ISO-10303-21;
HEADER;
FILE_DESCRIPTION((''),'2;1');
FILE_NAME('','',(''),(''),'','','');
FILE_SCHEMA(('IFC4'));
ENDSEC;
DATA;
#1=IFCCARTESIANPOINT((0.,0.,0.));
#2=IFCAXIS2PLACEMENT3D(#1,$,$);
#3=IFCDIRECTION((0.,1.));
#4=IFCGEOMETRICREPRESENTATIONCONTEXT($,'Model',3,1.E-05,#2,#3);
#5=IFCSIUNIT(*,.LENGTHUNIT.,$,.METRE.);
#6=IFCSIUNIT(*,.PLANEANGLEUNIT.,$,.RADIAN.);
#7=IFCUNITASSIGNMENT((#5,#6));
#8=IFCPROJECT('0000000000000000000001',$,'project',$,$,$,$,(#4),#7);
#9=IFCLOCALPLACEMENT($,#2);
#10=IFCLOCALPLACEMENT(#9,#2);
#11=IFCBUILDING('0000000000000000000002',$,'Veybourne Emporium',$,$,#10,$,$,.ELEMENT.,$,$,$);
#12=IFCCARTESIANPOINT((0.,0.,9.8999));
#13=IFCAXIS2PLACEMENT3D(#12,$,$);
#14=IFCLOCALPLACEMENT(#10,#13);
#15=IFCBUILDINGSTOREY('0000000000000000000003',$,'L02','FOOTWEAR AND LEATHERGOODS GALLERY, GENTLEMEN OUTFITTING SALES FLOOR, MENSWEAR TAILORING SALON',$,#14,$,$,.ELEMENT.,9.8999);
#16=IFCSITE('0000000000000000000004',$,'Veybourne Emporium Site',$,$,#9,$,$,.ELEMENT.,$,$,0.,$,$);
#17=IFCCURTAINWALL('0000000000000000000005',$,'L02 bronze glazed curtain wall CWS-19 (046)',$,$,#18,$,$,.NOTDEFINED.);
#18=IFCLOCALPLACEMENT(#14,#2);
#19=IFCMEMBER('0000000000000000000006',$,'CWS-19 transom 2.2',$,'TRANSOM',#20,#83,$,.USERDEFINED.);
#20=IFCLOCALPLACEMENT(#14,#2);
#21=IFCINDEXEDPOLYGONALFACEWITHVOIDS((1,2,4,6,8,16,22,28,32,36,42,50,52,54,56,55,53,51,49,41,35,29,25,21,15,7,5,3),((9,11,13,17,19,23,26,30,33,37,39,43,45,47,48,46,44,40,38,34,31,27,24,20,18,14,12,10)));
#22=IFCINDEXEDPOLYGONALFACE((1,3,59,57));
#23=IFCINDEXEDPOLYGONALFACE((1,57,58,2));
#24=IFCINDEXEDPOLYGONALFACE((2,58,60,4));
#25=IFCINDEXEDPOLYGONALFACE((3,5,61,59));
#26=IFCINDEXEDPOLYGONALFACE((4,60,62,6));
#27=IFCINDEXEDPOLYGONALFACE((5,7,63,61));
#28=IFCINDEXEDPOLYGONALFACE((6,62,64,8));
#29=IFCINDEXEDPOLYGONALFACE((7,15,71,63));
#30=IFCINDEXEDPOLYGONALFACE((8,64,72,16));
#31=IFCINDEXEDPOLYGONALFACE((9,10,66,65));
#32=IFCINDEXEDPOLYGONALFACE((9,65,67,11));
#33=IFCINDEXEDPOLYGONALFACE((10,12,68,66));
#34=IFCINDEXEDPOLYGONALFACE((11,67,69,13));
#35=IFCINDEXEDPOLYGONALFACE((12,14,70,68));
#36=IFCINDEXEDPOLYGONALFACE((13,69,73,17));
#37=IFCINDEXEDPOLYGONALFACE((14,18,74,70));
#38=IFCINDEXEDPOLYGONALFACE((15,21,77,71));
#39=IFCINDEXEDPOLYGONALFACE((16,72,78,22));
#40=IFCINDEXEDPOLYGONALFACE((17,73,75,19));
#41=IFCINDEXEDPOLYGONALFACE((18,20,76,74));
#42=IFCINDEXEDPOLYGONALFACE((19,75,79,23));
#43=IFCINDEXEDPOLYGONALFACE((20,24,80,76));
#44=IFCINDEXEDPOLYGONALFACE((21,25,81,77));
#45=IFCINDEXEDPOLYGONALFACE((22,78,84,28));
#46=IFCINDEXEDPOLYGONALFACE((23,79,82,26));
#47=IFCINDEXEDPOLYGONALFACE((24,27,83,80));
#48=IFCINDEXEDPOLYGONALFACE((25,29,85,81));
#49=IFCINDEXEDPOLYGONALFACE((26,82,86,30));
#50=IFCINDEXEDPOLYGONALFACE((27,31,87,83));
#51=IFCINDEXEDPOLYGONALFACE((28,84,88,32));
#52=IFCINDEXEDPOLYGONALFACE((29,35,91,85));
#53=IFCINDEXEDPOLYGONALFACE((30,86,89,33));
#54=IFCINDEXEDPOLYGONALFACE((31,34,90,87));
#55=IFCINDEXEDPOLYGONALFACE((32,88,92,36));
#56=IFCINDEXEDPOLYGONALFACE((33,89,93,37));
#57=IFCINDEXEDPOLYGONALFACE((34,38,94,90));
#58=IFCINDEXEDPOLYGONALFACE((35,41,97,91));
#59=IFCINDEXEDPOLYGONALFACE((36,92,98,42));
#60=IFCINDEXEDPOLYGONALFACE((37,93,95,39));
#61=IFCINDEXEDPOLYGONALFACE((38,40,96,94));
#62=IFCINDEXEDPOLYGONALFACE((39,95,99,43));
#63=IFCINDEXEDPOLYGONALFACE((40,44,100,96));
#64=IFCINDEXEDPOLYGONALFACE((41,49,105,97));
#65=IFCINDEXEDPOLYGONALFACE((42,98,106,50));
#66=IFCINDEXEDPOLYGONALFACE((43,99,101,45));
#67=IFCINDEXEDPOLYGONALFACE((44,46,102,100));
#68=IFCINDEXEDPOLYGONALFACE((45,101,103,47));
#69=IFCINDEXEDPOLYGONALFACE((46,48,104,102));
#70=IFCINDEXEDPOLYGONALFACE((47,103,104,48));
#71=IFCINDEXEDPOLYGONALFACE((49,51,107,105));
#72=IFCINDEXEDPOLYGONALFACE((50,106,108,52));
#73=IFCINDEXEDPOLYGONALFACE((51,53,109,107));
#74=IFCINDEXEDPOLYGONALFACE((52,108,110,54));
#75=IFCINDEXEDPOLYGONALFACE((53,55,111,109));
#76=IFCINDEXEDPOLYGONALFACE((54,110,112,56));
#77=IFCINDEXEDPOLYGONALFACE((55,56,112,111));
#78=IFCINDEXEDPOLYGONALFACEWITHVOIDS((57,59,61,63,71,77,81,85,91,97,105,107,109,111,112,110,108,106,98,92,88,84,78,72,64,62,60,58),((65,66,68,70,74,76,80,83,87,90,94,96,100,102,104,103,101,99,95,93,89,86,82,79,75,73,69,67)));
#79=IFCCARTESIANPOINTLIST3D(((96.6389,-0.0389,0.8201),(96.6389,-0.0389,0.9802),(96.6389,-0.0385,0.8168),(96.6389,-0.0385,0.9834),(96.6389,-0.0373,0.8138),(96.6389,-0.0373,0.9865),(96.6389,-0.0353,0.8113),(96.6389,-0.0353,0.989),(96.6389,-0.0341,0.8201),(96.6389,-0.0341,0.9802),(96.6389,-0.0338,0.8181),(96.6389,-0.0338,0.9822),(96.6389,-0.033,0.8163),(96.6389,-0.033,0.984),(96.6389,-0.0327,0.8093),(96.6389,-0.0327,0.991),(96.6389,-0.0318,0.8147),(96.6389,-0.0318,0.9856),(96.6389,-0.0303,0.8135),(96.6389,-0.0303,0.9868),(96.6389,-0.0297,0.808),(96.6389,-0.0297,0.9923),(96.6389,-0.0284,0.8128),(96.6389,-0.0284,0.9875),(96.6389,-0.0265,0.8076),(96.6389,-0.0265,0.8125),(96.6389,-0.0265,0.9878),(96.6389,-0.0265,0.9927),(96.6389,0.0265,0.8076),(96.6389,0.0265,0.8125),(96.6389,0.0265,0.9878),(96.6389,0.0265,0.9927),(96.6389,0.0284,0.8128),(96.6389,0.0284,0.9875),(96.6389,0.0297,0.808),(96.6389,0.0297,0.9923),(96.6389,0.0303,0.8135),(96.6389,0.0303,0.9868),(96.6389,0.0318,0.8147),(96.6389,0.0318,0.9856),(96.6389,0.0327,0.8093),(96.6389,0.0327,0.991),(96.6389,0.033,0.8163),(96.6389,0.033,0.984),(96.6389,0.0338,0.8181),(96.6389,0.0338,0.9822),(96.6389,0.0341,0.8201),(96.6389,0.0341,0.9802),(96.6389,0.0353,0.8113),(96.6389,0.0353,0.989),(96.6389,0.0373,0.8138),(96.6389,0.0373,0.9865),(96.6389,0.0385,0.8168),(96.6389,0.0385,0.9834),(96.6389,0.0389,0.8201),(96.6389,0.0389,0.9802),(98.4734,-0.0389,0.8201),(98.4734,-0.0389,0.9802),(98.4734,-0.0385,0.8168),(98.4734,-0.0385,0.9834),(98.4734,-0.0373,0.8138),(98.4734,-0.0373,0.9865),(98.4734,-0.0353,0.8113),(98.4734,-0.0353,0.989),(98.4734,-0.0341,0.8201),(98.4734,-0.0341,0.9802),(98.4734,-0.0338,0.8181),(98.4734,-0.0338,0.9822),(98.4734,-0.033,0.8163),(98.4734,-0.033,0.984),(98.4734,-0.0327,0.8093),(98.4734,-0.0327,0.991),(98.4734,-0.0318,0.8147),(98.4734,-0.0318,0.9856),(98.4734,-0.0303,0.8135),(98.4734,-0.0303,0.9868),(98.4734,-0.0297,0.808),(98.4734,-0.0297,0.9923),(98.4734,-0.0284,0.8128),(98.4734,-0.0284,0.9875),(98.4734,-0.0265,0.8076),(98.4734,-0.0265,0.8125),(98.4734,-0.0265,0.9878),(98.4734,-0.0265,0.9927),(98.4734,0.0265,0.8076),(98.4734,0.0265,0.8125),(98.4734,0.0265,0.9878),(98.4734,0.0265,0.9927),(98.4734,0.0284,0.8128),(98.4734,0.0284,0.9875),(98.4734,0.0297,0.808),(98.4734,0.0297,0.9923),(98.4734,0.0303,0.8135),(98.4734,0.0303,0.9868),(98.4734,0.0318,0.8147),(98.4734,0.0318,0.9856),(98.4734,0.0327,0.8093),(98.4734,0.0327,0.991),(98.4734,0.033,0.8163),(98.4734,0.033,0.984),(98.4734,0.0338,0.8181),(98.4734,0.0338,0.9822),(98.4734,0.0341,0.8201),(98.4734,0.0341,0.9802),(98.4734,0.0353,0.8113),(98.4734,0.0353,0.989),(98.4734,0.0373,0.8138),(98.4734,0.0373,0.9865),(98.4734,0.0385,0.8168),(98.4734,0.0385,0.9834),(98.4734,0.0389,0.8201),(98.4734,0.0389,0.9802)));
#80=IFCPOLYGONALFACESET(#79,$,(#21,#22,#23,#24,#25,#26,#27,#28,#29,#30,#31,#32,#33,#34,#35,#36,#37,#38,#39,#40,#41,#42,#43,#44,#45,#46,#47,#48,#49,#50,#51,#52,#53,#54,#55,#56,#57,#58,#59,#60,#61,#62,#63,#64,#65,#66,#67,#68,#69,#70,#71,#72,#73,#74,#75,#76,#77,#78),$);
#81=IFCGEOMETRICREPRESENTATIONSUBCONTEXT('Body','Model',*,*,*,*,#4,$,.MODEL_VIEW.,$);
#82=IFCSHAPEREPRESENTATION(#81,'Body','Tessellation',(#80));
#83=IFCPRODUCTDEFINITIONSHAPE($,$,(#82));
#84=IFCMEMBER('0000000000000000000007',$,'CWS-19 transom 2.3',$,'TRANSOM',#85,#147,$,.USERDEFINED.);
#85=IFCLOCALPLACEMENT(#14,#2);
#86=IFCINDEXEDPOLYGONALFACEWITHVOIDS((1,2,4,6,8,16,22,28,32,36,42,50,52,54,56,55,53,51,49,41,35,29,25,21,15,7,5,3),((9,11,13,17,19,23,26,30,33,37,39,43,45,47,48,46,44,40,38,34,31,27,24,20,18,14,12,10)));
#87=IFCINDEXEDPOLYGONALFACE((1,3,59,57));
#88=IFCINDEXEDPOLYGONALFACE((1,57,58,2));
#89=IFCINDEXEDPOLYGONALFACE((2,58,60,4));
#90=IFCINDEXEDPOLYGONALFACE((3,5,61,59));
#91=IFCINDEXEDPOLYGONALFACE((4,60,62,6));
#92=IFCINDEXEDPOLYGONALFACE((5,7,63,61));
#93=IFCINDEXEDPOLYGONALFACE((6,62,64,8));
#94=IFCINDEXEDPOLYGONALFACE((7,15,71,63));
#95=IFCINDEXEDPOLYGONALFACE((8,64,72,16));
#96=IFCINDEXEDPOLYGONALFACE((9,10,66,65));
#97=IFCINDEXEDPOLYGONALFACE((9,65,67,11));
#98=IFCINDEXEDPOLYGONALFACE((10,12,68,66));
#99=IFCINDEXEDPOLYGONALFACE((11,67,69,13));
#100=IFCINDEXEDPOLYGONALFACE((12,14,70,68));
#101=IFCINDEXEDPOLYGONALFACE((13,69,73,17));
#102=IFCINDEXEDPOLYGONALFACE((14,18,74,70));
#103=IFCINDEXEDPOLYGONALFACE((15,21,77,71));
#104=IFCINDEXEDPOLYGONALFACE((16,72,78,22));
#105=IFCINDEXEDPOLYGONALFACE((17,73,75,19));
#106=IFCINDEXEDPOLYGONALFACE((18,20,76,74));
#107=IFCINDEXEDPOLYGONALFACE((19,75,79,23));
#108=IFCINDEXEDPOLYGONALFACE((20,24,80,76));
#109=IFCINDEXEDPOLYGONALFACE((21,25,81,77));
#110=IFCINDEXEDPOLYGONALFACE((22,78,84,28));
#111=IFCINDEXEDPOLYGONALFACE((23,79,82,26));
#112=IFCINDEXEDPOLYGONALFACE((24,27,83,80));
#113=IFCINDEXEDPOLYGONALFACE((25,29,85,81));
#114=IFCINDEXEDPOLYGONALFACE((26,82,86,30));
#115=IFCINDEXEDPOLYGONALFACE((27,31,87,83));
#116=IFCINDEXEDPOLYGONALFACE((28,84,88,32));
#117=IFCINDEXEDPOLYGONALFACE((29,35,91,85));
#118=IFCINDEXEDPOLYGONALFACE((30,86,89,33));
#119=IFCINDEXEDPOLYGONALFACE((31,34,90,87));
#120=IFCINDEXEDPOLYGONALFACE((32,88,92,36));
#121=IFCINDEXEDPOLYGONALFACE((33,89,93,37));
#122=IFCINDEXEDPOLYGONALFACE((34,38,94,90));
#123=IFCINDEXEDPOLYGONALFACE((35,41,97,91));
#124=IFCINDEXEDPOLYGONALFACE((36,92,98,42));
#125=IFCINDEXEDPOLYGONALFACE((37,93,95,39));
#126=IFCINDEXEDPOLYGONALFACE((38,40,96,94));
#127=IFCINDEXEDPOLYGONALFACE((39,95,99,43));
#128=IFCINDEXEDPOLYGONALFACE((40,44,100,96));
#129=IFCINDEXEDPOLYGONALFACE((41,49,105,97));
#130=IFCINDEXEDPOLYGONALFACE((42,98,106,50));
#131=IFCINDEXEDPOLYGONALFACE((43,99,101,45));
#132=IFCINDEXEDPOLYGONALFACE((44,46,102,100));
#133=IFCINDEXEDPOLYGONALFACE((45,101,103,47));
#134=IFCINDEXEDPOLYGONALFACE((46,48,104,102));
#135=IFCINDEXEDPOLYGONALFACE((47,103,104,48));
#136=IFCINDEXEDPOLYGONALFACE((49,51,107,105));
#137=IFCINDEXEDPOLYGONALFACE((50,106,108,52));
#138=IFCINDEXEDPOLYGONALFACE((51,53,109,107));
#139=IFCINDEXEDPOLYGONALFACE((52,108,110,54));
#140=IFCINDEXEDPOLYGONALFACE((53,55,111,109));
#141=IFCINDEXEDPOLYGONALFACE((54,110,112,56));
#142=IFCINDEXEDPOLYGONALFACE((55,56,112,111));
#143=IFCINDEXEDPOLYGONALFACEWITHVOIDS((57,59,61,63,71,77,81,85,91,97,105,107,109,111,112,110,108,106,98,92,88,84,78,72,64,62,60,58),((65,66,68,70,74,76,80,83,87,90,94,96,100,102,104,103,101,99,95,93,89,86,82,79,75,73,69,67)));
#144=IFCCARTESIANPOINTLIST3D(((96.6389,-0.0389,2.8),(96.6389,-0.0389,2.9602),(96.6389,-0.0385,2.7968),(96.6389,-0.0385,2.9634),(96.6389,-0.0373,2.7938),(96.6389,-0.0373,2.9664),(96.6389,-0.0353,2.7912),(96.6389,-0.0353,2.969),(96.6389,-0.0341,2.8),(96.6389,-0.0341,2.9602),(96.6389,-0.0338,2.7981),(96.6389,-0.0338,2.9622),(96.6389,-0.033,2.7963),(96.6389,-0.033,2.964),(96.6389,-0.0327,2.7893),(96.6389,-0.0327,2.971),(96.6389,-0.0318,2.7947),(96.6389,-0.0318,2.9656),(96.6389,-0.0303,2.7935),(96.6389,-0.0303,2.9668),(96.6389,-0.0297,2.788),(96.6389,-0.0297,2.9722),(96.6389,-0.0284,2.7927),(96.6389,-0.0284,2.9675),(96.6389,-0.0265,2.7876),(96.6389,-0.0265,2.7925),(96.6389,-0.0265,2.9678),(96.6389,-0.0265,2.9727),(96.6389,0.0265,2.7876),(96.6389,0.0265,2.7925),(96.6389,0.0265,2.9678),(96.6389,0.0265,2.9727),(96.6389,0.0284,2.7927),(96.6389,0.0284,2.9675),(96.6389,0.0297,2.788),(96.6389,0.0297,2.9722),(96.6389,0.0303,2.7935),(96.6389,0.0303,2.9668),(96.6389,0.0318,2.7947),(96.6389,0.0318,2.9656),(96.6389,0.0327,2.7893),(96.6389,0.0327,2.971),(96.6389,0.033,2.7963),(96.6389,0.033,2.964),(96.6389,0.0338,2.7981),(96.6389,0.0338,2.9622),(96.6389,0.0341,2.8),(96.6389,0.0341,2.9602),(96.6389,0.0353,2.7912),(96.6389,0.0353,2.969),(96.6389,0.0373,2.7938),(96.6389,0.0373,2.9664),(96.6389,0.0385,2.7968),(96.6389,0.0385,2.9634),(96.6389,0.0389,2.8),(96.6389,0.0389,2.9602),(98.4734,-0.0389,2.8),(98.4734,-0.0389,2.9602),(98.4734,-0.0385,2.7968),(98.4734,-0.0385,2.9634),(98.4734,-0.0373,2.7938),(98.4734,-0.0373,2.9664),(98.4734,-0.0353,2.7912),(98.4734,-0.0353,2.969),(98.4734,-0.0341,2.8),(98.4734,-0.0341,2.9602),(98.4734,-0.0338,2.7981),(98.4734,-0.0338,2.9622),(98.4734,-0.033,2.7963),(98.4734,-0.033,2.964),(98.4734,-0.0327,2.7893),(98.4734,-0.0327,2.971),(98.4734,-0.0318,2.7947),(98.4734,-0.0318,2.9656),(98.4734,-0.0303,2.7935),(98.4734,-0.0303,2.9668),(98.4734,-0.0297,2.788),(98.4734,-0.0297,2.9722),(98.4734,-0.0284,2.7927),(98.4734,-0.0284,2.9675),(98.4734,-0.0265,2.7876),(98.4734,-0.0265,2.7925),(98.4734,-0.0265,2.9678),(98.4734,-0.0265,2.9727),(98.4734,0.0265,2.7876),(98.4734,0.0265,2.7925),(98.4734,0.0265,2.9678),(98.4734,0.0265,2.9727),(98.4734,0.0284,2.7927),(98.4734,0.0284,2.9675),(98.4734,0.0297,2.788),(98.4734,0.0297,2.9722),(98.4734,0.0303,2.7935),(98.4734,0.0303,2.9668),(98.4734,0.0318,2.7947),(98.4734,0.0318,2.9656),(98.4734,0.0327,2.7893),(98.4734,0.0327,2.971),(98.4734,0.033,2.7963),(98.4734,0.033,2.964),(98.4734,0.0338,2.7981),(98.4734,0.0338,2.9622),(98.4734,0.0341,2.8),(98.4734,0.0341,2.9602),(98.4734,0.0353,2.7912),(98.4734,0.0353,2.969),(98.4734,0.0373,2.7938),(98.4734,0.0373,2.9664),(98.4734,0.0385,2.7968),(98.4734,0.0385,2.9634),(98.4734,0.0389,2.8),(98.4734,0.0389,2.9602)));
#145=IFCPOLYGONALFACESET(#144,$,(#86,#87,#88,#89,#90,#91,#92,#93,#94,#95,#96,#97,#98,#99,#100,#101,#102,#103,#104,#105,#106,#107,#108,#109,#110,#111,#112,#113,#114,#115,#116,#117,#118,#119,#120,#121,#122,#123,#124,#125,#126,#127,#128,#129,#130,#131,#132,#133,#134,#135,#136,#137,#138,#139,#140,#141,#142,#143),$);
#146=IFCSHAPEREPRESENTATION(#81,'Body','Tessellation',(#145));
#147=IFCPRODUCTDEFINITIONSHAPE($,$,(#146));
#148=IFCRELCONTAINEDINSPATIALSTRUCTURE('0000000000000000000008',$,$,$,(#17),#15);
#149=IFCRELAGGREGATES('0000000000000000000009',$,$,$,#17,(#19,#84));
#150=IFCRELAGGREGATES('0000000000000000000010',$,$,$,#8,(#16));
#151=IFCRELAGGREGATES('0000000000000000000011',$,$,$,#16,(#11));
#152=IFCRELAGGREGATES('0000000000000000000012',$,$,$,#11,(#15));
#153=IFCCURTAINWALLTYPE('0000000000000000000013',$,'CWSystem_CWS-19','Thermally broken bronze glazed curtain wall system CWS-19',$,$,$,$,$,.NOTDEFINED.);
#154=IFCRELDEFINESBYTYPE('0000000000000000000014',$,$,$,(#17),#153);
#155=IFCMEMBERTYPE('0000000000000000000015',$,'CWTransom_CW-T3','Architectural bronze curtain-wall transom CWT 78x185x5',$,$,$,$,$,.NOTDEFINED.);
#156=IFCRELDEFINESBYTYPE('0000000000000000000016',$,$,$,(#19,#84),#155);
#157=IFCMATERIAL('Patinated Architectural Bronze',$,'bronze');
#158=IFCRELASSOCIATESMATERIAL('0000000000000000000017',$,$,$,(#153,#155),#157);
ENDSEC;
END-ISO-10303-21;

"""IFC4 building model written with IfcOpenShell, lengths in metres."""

from ifc_helpers import new_model, si_unit, direction, frame, origin, origin_2d, place, context, subcontext, project, spatial, hollow_rectangle, extrude, material, material_profile, profile_set, type_object, element, aggregate, save


model = new_model("IFC4")

# Units and contexts
model_context = context("Model", 3, precision=1e-05, world=origin(), true_north=direction((0.0, 1.0)))
body_context = subcontext(model_context, "Body", "Model", "MODEL_VIEW")
ifc_project = project(units=[si_unit("LENGTHUNIT", "METRE"), si_unit("PLANEANGLEUNIT", "RADIAN")], contexts=[model_context])

# Site, building, storey
site_placement = place(None, origin())
site = spatial("IfcSite", under=ifc_project, at=site_placement, Name="Veybourne Emporium Site", CompositionType="ELEMENT", RefElevation=0.0)
building_placement = place(site_placement, origin())
building = spatial("IfcBuilding", under=site, at=building_placement, Name="Veybourne Emporium", CompositionType="ELEMENT")
storey_placement = place(building_placement, frame((0.0, 0.0, 9.8999)))
storey = spatial("IfcBuildingStorey", under=building, at=storey_placement, Name="L02", Description="FOOTWEAR AND LEATHERGOODS GALLERY, GENTLEMEN OUTFITTING SALES FLOOR, MENSWEAR TAILORING SALON", CompositionType="ELEMENT", Elevation=9.8999)

# Curtain wall, members
ifc_material_1 = material(Name="Patinated Architectural Bronze", Category="bronze")
curtain_wall_type = type_object("IfcCurtainWallType", Name="CWSystem_CWS-19", Description="Thermally broken bronze glazed curtain wall system CWS-19", PredefinedType="NOTDEFINED", material=ifc_material_1)
curtain_wall_placement = place(storey_placement, origin())
curtain_wall = element("IfcCurtainWall", 1, at=curtain_wall_placement, inside=storey, type_object=curtain_wall_type, Name="L02 bronze glazed curtain wall CWS-19 (046)", PredefinedType="NOTDEFINED")
ifc_material_profile_1 = material_profile(ifc_material_1, hollow_rectangle(XDim=0.0779, YDim=0.1851, WallThickness=0.0049, InnerFilletRadius=0.0076, OuterFilletRadius=0.0125, at=origin_2d()), Name="CWT 78x185x5")
ifc_profile_set_1 = profile_set([ifc_material_profile_1], Name="Patinated Architectural Bronze")
member_type_1 = type_object("IfcMemberType", Name="CWTransom_CW-T3", Description="Architectural bronze curtain-wall transom CWT 78x185x5", PredefinedType="NOTDEFINED", material=ifc_profile_set_1)
member_1_placement = place(storey_placement, frame((98.4734, 0.0, 0.9001), z_axis=(-1.0, 0.0, 0.0), x_axis=(0.0, -1.0, 0.0)))
member_1 = element("IfcMember", 2, at=member_1_placement, type_object=member_type_1, Name="CWS-19 transom 2.2", ObjectType="TRANSOM", PredefinedType="USERDEFINED", context=body_context, shape_type="SweptSolid", body=[
    extrude(hollow_rectangle(XDim=0.0779, YDim=0.1851, WallThickness=0.0049, InnerFilletRadius=0.0076, OuterFilletRadius=0.0125, at=origin_2d()), origin(), (0.0, 0.0, 1.0), 1.8345),
])
member_2_placement = place(storey_placement, frame((98.4734, 0.0, 2.8801), z_axis=(-1.0, 0.0, 0.0), x_axis=(0.0, -1.0, 0.0)))
member_2 = element("IfcMember", 3, at=member_2_placement, type_object=member_type_1, Name="CWS-19 transom 2.3", ObjectType="TRANSOM", PredefinedType="USERDEFINED", context=body_context, shape_type="SweptSolid", body=[
    extrude(hollow_rectangle(XDim=0.0779, YDim=0.1851, WallThickness=0.0049, InnerFilletRadius=0.0076, OuterFilletRadius=0.0125, at=origin_2d()), origin(), (0.0, 0.0, 1.0), 1.8345),
])
aggregate(curtain_wall, [member_1, member_2])

save(model, "model.ifc")
